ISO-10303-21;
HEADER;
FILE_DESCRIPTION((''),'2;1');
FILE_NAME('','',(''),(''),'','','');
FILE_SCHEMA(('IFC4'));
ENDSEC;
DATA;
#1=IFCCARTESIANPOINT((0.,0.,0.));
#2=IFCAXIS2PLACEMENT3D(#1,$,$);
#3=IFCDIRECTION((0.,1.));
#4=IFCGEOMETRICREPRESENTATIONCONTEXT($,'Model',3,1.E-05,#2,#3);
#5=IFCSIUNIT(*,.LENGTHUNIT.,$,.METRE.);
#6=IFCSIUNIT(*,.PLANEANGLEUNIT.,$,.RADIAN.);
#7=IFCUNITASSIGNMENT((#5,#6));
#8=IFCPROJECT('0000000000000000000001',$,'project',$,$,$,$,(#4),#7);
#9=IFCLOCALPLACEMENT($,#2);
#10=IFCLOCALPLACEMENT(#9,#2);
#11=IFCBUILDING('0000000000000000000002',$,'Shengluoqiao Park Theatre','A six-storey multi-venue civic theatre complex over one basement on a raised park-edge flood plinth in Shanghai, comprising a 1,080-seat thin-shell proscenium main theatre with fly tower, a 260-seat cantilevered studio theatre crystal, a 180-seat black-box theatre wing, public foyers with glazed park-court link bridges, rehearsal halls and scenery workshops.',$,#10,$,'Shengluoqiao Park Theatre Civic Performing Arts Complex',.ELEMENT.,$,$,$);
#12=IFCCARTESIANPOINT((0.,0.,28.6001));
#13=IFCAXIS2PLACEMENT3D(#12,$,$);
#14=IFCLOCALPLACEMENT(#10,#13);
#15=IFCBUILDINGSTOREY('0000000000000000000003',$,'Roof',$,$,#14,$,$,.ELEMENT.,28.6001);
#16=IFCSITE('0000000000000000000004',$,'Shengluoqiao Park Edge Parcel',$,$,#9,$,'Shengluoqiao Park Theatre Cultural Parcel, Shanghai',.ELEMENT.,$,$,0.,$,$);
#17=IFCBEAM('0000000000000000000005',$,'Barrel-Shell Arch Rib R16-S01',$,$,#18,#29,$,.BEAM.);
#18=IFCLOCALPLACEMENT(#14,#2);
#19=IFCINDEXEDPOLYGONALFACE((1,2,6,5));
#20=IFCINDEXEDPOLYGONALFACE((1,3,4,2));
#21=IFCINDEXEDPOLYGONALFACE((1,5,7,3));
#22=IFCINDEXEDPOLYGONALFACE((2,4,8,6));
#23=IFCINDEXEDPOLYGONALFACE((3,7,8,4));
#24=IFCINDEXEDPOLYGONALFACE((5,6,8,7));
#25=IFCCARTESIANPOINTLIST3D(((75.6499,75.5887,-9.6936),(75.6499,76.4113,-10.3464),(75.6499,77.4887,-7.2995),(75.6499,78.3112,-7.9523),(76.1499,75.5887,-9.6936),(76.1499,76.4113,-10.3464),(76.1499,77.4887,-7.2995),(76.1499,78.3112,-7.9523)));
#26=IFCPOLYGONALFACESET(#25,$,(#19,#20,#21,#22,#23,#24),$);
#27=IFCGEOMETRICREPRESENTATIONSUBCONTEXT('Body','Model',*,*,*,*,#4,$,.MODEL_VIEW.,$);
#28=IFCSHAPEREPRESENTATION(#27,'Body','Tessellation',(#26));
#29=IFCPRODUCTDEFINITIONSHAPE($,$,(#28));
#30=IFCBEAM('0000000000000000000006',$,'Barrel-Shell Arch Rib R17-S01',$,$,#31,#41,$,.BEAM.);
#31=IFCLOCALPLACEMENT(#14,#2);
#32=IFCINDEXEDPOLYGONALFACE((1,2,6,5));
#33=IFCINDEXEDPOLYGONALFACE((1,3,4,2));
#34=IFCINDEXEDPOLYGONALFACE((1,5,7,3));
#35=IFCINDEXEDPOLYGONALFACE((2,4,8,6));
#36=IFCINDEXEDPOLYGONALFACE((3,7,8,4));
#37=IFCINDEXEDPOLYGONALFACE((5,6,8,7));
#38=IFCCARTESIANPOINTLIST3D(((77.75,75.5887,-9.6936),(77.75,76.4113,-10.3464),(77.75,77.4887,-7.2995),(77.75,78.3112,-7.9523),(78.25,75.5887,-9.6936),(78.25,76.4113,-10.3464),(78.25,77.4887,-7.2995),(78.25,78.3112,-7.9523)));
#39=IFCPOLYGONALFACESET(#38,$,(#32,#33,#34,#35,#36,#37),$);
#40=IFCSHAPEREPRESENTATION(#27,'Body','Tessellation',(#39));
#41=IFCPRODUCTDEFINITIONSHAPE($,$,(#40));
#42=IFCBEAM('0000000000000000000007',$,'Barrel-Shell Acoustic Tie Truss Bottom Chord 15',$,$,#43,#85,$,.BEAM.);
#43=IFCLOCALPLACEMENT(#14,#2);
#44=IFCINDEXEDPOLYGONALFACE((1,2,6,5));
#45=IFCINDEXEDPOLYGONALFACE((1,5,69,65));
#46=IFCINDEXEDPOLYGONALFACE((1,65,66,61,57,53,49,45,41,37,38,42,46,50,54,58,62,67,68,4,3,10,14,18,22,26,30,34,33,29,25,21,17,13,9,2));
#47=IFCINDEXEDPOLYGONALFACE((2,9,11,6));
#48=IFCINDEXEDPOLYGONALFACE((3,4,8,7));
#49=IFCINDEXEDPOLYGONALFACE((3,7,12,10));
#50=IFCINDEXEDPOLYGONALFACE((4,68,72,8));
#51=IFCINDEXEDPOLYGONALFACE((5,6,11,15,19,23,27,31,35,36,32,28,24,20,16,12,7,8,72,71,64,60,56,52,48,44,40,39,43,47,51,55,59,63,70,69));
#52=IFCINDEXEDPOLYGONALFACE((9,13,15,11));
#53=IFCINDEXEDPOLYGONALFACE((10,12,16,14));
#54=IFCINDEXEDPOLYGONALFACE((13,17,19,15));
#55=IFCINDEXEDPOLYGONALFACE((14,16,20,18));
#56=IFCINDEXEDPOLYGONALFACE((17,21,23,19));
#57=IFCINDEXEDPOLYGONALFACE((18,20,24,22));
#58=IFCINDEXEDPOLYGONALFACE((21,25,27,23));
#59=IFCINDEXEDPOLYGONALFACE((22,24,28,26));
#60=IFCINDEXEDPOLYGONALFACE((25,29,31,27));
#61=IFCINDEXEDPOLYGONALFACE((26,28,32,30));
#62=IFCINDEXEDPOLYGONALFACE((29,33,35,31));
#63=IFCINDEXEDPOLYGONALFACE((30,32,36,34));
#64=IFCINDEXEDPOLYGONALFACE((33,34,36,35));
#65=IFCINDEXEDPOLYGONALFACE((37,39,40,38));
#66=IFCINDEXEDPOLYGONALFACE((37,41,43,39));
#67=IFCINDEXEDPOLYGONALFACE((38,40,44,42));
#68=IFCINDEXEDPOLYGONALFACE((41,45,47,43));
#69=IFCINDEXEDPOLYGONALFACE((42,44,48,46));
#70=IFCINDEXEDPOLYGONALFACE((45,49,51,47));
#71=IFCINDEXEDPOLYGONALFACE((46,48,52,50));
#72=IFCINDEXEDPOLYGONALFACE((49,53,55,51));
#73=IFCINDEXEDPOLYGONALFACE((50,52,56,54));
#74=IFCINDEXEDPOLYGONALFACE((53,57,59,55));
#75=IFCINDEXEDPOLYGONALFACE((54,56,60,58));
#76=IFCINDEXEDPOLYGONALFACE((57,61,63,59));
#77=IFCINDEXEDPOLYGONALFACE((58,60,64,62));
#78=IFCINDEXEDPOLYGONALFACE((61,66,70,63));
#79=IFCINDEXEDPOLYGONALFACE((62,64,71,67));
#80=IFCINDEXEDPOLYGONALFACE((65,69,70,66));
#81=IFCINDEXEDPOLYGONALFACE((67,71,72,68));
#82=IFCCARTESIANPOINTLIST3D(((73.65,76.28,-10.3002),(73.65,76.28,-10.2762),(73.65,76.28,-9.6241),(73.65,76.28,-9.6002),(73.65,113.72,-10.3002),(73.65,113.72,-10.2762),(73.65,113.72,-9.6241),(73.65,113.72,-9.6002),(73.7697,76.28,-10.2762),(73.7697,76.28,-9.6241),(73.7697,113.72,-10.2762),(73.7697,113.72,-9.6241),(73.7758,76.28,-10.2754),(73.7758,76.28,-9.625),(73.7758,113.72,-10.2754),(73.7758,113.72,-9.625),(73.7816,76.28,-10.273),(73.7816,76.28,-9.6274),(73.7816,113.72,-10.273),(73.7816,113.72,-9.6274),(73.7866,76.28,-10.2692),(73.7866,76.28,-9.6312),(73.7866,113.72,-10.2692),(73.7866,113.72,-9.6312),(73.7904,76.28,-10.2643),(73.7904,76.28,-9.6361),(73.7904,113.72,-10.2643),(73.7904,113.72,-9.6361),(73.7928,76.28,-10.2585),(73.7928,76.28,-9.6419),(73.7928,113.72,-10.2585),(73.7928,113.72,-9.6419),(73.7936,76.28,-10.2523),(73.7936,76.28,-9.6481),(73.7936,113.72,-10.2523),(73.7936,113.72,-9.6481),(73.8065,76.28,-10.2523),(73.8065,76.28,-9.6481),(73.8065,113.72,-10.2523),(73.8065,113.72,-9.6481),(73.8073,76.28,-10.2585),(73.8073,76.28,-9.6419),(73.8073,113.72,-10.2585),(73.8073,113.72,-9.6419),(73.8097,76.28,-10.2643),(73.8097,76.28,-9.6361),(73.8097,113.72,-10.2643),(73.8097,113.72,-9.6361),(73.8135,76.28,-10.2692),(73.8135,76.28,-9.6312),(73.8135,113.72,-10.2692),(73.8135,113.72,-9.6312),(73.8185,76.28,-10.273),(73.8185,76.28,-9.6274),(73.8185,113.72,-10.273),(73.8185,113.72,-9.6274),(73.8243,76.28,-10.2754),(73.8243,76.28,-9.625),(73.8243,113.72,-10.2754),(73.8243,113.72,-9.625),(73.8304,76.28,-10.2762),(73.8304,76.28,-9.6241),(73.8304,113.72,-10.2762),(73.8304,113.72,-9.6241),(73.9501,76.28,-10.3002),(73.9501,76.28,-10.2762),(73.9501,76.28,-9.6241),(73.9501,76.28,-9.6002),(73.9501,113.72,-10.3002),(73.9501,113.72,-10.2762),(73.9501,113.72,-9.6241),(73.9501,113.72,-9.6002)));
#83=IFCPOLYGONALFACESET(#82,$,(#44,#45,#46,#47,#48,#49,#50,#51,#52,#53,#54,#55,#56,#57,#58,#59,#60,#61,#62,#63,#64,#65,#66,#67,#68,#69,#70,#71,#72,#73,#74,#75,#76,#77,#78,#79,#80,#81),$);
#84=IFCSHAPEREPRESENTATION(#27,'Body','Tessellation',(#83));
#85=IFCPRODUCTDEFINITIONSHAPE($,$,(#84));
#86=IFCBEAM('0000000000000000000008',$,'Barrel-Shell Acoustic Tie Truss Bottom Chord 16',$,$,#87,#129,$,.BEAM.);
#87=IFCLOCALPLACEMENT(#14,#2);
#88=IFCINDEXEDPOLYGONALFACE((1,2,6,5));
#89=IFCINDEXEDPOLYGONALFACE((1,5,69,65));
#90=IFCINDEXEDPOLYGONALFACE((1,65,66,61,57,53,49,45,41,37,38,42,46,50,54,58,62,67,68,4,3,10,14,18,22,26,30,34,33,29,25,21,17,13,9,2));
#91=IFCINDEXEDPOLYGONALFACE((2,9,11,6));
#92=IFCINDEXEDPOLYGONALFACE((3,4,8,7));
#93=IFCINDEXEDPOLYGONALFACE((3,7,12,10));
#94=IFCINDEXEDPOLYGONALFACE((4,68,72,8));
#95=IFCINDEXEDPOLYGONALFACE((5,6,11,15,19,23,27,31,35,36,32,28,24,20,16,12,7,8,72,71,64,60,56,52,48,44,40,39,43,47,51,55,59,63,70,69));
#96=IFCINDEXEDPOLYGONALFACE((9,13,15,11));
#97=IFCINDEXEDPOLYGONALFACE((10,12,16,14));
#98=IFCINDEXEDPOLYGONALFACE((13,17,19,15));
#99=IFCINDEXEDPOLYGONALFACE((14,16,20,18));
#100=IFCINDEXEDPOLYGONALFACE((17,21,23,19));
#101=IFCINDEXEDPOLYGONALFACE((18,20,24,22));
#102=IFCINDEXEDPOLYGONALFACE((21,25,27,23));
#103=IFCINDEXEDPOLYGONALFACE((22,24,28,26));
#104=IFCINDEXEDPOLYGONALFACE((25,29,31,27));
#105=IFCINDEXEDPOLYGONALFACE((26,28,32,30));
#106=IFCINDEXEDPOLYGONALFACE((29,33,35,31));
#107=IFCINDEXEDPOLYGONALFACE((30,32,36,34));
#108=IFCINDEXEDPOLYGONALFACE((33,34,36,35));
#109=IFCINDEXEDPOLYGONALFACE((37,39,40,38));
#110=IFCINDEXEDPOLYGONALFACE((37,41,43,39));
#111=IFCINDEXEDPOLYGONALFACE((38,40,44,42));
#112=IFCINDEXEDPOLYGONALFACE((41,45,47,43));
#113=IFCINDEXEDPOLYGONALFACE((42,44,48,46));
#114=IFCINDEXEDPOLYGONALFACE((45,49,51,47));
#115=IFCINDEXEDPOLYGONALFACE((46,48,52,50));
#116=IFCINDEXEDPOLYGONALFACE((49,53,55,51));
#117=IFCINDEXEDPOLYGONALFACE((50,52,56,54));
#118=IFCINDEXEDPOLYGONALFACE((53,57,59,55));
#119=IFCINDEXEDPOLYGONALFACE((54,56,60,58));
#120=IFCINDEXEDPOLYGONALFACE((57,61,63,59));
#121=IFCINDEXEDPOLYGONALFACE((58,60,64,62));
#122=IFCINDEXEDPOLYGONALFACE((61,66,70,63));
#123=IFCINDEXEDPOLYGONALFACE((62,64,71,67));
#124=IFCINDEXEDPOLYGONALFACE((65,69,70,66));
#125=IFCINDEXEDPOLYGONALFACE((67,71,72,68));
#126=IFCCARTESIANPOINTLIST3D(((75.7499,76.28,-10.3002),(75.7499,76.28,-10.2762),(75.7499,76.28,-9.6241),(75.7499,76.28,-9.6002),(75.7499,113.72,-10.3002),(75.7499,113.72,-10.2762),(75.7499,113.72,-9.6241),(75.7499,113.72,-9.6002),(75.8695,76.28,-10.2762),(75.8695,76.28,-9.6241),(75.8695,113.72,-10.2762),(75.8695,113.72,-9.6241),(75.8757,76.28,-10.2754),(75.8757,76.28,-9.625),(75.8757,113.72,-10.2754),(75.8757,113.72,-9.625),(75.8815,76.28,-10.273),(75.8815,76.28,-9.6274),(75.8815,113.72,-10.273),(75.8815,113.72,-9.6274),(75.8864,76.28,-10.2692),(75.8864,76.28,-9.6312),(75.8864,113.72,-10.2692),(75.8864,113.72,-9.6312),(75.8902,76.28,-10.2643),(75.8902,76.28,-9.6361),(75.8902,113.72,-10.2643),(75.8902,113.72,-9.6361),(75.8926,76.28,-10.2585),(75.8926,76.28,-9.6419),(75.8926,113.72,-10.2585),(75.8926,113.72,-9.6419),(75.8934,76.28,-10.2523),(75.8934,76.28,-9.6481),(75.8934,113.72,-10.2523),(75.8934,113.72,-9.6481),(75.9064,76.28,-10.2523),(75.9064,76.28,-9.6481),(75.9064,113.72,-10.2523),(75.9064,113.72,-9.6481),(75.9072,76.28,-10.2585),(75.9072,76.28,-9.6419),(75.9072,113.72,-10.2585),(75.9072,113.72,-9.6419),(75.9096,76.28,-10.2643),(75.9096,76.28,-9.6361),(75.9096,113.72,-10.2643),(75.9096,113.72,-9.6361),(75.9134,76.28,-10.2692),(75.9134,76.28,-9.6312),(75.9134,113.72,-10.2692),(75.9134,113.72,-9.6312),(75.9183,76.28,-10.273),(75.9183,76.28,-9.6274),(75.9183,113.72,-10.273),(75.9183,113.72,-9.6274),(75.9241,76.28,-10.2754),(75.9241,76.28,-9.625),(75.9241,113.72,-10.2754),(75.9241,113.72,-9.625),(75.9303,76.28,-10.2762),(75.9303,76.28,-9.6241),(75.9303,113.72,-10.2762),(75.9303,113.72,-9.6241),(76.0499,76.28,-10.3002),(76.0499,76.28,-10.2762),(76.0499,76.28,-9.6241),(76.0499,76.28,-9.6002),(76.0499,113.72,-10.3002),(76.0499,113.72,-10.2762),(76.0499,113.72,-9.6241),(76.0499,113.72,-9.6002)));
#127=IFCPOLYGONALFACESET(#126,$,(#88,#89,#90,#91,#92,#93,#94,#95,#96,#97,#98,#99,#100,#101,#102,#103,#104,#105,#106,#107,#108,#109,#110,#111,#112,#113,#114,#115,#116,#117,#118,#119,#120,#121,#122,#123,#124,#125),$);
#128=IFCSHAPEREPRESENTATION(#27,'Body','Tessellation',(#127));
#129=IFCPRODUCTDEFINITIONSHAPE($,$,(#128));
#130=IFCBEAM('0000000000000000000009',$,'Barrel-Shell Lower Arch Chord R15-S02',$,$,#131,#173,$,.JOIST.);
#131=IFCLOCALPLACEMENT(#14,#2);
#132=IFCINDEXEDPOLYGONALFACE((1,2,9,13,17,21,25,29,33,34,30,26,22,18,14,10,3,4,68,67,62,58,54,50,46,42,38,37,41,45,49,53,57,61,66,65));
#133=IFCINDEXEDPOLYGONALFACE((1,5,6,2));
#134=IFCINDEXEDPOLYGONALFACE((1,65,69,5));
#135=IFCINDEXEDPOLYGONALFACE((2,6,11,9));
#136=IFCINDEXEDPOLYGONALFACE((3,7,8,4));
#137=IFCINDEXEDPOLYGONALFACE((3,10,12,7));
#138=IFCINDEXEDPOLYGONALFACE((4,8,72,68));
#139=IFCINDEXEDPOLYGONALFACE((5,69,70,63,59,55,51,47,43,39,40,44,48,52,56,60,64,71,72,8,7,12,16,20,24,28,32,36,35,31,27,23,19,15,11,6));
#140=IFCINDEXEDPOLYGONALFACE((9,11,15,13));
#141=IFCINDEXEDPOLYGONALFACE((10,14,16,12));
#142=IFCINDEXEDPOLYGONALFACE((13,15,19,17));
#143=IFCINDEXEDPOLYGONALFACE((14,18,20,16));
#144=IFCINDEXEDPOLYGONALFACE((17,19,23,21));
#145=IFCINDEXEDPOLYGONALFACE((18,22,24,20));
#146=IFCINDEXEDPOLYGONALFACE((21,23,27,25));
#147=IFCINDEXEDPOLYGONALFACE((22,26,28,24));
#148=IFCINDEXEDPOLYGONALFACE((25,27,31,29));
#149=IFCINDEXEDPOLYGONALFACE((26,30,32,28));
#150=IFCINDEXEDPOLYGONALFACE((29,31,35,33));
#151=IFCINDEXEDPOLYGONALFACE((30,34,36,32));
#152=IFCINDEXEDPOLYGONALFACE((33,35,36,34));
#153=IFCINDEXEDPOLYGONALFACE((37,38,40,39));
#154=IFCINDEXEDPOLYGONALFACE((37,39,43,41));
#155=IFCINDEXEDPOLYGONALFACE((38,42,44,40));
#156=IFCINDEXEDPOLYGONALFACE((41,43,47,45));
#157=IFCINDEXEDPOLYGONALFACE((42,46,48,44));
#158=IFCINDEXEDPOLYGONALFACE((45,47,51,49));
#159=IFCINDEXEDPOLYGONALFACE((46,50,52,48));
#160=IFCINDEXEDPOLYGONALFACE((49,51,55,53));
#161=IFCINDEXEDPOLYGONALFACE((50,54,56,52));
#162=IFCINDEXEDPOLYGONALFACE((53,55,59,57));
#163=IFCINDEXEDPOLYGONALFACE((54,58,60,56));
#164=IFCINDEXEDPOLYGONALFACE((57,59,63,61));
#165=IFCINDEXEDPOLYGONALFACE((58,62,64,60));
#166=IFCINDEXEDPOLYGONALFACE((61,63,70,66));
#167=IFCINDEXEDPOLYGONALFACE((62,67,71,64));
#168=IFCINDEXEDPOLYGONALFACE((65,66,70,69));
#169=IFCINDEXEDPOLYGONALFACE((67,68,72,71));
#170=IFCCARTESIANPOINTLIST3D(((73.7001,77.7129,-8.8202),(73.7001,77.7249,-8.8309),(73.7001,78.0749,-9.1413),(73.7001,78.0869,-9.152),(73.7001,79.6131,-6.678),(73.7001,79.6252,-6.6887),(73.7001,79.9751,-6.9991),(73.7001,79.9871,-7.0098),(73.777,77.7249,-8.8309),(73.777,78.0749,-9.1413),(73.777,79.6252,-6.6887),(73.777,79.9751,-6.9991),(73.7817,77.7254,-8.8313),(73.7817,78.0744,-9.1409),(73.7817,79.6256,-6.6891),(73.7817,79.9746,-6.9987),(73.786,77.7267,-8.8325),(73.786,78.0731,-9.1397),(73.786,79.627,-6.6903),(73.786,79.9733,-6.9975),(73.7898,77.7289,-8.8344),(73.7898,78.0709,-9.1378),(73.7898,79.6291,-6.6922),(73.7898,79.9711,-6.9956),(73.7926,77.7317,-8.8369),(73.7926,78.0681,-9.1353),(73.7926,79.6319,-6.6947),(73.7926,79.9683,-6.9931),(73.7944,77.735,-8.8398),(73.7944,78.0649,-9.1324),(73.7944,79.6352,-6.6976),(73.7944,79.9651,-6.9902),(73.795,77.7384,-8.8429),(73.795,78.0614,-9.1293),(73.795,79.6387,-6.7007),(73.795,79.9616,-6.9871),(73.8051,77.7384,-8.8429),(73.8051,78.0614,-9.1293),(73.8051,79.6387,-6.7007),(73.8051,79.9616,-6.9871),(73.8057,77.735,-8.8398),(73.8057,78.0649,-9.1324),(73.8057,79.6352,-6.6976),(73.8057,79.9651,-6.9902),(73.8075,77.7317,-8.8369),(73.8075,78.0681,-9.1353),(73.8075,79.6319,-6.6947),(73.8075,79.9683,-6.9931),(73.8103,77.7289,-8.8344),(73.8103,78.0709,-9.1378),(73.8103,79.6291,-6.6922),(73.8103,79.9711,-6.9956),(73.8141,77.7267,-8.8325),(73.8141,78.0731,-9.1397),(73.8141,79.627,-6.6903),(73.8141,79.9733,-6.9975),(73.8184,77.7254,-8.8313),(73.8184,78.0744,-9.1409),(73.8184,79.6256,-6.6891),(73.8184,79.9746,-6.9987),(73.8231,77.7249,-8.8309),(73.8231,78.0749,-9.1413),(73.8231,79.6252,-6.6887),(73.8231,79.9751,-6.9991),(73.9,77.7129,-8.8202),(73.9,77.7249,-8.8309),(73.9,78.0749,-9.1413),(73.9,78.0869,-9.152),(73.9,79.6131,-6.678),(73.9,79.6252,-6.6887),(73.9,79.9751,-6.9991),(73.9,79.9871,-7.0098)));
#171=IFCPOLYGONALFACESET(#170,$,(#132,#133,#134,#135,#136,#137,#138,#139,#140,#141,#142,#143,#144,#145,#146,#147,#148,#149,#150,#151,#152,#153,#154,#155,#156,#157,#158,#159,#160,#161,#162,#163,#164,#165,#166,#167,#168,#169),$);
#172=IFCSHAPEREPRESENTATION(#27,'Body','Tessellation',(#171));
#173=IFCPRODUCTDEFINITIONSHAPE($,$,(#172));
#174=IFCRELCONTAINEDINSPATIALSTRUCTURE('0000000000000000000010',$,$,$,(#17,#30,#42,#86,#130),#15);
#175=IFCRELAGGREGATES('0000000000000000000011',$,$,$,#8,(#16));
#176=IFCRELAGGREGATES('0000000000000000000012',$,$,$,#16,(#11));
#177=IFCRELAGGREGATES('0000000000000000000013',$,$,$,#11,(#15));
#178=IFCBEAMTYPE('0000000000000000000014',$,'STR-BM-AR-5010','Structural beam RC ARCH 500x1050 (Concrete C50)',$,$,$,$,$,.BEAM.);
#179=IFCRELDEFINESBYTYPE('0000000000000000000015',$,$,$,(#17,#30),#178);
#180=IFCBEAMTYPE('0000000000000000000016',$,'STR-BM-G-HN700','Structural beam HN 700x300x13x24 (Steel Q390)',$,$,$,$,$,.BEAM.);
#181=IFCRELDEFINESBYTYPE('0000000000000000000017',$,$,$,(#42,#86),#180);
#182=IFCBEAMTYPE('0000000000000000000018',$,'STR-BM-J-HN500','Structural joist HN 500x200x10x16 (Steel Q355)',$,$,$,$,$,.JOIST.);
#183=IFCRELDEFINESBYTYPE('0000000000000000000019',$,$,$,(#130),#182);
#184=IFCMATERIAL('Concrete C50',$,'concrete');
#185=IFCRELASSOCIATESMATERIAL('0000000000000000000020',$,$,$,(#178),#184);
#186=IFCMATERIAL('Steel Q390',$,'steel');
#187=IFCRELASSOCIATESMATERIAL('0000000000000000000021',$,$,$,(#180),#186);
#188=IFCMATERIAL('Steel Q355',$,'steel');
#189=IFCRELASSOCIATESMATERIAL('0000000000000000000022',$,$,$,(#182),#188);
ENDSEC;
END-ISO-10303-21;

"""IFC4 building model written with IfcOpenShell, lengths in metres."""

from ifc_helpers import new_model, si_unit, direction, frame, origin, origin_2d, place, context, subcontext, project, spatial, rectangle, i_section, extrude, material, material_profile, profile_set, type_object, element, save


model = new_model("IFC4")

# Units and contexts
model_context = context("Model", 3, precision=1e-05, world=origin(), true_north=direction((0.0, 1.0)))
body_context = subcontext(model_context, "Body", "Model", "MODEL_VIEW")
ifc_project = project(units=[si_unit("LENGTHUNIT", "METRE"), si_unit("PLANEANGLEUNIT", "RADIAN")], contexts=[model_context])

# Site, building, storey
site_placement = place(None, origin())
site = spatial("IfcSite", under=ifc_project, at=site_placement, Name="Shengluoqiao Park Edge Parcel", LongName="Shengluoqiao Park Theatre Cultural Parcel, Shanghai", CompositionType="ELEMENT", RefElevation=0.0)
building_placement = place(site_placement, origin())
building = spatial("IfcBuilding", under=site, at=building_placement, Name="Shengluoqiao Park Theatre", Description="A six-storey multi-venue civic theatre complex over one basement on a raised park-edge flood plinth in Shanghai, comprising a 1,080-seat thin-shell proscenium main theatre with fly tower, a 260-seat cantilevered studio theatre crystal, a 180-seat black-box theatre wing, public foyers with glazed park-court link bridges, rehearsal halls and scenery workshops.", LongName="Shengluoqiao Park Theatre Civic Performing Arts Complex", CompositionType="ELEMENT")
storey_placement = place(building_placement, frame((0.0, 0.0, 28.6001)))
storey = spatial("IfcBuildingStorey", under=building, at=storey_placement, Name="Roof", CompositionType="ELEMENT", Elevation=28.6001)

# Beams
ifc_material_1 = material(Name="Concrete C50", Category="concrete")
ifc_material_profile_1 = material_profile(ifc_material_1, rectangle(XDim=0.5, YDim=1.05, at=origin_2d()), Name="RC ARCH 500x1050")
ifc_profile_set_1 = profile_set([ifc_material_profile_1], Name="Concrete C50")
beam_type_1 = type_object("IfcBeamType", Name="STR-BM-AR-5010", Description="Structural beam RC ARCH 500x1050 (Concrete C50)", PredefinedType="BEAM", material=ifc_profile_set_1)
for number, where, z_axis, x_axis, name in (
    (1, (75.8999, 76.0, -10.02), (0.0, 0.621631, 0.78331), (-1.0, 0.0, 0.0), "Barrel-Shell Arch Rib R16-S01"),
    (2, (78.0, 76.0, -10.02), (0.0, 0.621631, 0.78331), (-1.0, 0.0, 0.0), "Barrel-Shell Arch Rib R17-S01"),
):
    element("IfcBeam", number, at=place(storey_placement, frame(where, z_axis=z_axis, x_axis=x_axis)), inside=storey, type_object=beam_type_1, Name=name, PredefinedType="BEAM", context=body_context, shape_type="SweptSolid", body=[
        extrude(rectangle(XDim=0.5, YDim=1.05, at=origin_2d()), origin(), (0.0, 0.0, 1.0), 3.0564),
    ])
ifc_material_2 = material(Name="Steel Q390", Category="steel")
ifc_material_profile_2 = material_profile(ifc_material_2, i_section(OverallWidth=0.3, OverallDepth=0.7, WebThickness=0.0129, FlangeThickness=0.0239, FilletRadius=0.0239, at=origin_2d()), Name="HN 700x300x13x24")
ifc_profile_set_2 = profile_set([ifc_material_profile_2], Name="Steel Q390")
beam_type_2 = type_object("IfcBeamType", Name="STR-BM-G-HN700", Description="Structural beam HN 700x300x13x24 (Steel Q390)", PredefinedType="BEAM", material=ifc_profile_set_2)
for number, where, z_axis, x_axis, name in (
    (3, (73.8, 76.28, -9.9502), (0.0, 1.0, 0.0), (-1.0, 0.0, 0.0), "Barrel-Shell Acoustic Tie Truss Bottom Chord 15"),
    (4, (75.8999, 76.28, -9.9502), (0.0, 1.0, 0.0), (-1.0, 0.0, 0.0), "Barrel-Shell Acoustic Tie Truss Bottom Chord 16"),
):
    element("IfcBeam", number, at=place(storey_placement, frame(where, z_axis=z_axis, x_axis=x_axis)), inside=storey, type_object=beam_type_2, Name=name, PredefinedType="BEAM", context=body_context, shape_type="SweptSolid", body=[
        extrude(i_section(OverallWidth=0.3, OverallDepth=0.7, WebThickness=0.0129, FlangeThickness=0.0239, FilletRadius=0.0239, at=origin_2d()), origin(), (0.0, 0.0, 1.0), 37.4399),
    ])
ifc_material_3 = material(Name="Steel Q355", Category="steel")
ifc_material_profile_3 = material_profile(ifc_material_3, i_section(OverallWidth=0.2, OverallDepth=0.5, WebThickness=0.01, FlangeThickness=0.0161, FilletRadius=0.0181, at=origin_2d()), Name="HN 500x200x10x16")
ifc_profile_set_3 = profile_set([ifc_material_profile_3], Name="Steel Q355")
beam_type_3 = type_object("IfcBeamType", Name="STR-BM-J-HN500", Description="Structural joist HN 500x200x10x16 (Steel Q355)", PredefinedType="JOIST", material=ifc_profile_set_3)
beam_1_placement = place(storey_placement, frame((73.8, 77.8999, -8.9861), z_axis=(0.0, 0.663596, 0.748091), x_axis=(-1.0, 0.0, 0.0)))
element("IfcBeam", 5, at=beam_1_placement, inside=storey, type_object=beam_type_3, Name="Barrel-Shell Lower Arch Chord R15-S02", PredefinedType="JOIST", context=body_context, shape_type="SweptSolid", body=[
    extrude(i_section(OverallWidth=0.2, OverallDepth=0.5, WebThickness=0.01, FlangeThickness=0.0161, FilletRadius=0.0181, at=origin_2d()), origin(), (0.0, 0.0, 1.0), 2.8635),
])

save(model, "model.ifc")
